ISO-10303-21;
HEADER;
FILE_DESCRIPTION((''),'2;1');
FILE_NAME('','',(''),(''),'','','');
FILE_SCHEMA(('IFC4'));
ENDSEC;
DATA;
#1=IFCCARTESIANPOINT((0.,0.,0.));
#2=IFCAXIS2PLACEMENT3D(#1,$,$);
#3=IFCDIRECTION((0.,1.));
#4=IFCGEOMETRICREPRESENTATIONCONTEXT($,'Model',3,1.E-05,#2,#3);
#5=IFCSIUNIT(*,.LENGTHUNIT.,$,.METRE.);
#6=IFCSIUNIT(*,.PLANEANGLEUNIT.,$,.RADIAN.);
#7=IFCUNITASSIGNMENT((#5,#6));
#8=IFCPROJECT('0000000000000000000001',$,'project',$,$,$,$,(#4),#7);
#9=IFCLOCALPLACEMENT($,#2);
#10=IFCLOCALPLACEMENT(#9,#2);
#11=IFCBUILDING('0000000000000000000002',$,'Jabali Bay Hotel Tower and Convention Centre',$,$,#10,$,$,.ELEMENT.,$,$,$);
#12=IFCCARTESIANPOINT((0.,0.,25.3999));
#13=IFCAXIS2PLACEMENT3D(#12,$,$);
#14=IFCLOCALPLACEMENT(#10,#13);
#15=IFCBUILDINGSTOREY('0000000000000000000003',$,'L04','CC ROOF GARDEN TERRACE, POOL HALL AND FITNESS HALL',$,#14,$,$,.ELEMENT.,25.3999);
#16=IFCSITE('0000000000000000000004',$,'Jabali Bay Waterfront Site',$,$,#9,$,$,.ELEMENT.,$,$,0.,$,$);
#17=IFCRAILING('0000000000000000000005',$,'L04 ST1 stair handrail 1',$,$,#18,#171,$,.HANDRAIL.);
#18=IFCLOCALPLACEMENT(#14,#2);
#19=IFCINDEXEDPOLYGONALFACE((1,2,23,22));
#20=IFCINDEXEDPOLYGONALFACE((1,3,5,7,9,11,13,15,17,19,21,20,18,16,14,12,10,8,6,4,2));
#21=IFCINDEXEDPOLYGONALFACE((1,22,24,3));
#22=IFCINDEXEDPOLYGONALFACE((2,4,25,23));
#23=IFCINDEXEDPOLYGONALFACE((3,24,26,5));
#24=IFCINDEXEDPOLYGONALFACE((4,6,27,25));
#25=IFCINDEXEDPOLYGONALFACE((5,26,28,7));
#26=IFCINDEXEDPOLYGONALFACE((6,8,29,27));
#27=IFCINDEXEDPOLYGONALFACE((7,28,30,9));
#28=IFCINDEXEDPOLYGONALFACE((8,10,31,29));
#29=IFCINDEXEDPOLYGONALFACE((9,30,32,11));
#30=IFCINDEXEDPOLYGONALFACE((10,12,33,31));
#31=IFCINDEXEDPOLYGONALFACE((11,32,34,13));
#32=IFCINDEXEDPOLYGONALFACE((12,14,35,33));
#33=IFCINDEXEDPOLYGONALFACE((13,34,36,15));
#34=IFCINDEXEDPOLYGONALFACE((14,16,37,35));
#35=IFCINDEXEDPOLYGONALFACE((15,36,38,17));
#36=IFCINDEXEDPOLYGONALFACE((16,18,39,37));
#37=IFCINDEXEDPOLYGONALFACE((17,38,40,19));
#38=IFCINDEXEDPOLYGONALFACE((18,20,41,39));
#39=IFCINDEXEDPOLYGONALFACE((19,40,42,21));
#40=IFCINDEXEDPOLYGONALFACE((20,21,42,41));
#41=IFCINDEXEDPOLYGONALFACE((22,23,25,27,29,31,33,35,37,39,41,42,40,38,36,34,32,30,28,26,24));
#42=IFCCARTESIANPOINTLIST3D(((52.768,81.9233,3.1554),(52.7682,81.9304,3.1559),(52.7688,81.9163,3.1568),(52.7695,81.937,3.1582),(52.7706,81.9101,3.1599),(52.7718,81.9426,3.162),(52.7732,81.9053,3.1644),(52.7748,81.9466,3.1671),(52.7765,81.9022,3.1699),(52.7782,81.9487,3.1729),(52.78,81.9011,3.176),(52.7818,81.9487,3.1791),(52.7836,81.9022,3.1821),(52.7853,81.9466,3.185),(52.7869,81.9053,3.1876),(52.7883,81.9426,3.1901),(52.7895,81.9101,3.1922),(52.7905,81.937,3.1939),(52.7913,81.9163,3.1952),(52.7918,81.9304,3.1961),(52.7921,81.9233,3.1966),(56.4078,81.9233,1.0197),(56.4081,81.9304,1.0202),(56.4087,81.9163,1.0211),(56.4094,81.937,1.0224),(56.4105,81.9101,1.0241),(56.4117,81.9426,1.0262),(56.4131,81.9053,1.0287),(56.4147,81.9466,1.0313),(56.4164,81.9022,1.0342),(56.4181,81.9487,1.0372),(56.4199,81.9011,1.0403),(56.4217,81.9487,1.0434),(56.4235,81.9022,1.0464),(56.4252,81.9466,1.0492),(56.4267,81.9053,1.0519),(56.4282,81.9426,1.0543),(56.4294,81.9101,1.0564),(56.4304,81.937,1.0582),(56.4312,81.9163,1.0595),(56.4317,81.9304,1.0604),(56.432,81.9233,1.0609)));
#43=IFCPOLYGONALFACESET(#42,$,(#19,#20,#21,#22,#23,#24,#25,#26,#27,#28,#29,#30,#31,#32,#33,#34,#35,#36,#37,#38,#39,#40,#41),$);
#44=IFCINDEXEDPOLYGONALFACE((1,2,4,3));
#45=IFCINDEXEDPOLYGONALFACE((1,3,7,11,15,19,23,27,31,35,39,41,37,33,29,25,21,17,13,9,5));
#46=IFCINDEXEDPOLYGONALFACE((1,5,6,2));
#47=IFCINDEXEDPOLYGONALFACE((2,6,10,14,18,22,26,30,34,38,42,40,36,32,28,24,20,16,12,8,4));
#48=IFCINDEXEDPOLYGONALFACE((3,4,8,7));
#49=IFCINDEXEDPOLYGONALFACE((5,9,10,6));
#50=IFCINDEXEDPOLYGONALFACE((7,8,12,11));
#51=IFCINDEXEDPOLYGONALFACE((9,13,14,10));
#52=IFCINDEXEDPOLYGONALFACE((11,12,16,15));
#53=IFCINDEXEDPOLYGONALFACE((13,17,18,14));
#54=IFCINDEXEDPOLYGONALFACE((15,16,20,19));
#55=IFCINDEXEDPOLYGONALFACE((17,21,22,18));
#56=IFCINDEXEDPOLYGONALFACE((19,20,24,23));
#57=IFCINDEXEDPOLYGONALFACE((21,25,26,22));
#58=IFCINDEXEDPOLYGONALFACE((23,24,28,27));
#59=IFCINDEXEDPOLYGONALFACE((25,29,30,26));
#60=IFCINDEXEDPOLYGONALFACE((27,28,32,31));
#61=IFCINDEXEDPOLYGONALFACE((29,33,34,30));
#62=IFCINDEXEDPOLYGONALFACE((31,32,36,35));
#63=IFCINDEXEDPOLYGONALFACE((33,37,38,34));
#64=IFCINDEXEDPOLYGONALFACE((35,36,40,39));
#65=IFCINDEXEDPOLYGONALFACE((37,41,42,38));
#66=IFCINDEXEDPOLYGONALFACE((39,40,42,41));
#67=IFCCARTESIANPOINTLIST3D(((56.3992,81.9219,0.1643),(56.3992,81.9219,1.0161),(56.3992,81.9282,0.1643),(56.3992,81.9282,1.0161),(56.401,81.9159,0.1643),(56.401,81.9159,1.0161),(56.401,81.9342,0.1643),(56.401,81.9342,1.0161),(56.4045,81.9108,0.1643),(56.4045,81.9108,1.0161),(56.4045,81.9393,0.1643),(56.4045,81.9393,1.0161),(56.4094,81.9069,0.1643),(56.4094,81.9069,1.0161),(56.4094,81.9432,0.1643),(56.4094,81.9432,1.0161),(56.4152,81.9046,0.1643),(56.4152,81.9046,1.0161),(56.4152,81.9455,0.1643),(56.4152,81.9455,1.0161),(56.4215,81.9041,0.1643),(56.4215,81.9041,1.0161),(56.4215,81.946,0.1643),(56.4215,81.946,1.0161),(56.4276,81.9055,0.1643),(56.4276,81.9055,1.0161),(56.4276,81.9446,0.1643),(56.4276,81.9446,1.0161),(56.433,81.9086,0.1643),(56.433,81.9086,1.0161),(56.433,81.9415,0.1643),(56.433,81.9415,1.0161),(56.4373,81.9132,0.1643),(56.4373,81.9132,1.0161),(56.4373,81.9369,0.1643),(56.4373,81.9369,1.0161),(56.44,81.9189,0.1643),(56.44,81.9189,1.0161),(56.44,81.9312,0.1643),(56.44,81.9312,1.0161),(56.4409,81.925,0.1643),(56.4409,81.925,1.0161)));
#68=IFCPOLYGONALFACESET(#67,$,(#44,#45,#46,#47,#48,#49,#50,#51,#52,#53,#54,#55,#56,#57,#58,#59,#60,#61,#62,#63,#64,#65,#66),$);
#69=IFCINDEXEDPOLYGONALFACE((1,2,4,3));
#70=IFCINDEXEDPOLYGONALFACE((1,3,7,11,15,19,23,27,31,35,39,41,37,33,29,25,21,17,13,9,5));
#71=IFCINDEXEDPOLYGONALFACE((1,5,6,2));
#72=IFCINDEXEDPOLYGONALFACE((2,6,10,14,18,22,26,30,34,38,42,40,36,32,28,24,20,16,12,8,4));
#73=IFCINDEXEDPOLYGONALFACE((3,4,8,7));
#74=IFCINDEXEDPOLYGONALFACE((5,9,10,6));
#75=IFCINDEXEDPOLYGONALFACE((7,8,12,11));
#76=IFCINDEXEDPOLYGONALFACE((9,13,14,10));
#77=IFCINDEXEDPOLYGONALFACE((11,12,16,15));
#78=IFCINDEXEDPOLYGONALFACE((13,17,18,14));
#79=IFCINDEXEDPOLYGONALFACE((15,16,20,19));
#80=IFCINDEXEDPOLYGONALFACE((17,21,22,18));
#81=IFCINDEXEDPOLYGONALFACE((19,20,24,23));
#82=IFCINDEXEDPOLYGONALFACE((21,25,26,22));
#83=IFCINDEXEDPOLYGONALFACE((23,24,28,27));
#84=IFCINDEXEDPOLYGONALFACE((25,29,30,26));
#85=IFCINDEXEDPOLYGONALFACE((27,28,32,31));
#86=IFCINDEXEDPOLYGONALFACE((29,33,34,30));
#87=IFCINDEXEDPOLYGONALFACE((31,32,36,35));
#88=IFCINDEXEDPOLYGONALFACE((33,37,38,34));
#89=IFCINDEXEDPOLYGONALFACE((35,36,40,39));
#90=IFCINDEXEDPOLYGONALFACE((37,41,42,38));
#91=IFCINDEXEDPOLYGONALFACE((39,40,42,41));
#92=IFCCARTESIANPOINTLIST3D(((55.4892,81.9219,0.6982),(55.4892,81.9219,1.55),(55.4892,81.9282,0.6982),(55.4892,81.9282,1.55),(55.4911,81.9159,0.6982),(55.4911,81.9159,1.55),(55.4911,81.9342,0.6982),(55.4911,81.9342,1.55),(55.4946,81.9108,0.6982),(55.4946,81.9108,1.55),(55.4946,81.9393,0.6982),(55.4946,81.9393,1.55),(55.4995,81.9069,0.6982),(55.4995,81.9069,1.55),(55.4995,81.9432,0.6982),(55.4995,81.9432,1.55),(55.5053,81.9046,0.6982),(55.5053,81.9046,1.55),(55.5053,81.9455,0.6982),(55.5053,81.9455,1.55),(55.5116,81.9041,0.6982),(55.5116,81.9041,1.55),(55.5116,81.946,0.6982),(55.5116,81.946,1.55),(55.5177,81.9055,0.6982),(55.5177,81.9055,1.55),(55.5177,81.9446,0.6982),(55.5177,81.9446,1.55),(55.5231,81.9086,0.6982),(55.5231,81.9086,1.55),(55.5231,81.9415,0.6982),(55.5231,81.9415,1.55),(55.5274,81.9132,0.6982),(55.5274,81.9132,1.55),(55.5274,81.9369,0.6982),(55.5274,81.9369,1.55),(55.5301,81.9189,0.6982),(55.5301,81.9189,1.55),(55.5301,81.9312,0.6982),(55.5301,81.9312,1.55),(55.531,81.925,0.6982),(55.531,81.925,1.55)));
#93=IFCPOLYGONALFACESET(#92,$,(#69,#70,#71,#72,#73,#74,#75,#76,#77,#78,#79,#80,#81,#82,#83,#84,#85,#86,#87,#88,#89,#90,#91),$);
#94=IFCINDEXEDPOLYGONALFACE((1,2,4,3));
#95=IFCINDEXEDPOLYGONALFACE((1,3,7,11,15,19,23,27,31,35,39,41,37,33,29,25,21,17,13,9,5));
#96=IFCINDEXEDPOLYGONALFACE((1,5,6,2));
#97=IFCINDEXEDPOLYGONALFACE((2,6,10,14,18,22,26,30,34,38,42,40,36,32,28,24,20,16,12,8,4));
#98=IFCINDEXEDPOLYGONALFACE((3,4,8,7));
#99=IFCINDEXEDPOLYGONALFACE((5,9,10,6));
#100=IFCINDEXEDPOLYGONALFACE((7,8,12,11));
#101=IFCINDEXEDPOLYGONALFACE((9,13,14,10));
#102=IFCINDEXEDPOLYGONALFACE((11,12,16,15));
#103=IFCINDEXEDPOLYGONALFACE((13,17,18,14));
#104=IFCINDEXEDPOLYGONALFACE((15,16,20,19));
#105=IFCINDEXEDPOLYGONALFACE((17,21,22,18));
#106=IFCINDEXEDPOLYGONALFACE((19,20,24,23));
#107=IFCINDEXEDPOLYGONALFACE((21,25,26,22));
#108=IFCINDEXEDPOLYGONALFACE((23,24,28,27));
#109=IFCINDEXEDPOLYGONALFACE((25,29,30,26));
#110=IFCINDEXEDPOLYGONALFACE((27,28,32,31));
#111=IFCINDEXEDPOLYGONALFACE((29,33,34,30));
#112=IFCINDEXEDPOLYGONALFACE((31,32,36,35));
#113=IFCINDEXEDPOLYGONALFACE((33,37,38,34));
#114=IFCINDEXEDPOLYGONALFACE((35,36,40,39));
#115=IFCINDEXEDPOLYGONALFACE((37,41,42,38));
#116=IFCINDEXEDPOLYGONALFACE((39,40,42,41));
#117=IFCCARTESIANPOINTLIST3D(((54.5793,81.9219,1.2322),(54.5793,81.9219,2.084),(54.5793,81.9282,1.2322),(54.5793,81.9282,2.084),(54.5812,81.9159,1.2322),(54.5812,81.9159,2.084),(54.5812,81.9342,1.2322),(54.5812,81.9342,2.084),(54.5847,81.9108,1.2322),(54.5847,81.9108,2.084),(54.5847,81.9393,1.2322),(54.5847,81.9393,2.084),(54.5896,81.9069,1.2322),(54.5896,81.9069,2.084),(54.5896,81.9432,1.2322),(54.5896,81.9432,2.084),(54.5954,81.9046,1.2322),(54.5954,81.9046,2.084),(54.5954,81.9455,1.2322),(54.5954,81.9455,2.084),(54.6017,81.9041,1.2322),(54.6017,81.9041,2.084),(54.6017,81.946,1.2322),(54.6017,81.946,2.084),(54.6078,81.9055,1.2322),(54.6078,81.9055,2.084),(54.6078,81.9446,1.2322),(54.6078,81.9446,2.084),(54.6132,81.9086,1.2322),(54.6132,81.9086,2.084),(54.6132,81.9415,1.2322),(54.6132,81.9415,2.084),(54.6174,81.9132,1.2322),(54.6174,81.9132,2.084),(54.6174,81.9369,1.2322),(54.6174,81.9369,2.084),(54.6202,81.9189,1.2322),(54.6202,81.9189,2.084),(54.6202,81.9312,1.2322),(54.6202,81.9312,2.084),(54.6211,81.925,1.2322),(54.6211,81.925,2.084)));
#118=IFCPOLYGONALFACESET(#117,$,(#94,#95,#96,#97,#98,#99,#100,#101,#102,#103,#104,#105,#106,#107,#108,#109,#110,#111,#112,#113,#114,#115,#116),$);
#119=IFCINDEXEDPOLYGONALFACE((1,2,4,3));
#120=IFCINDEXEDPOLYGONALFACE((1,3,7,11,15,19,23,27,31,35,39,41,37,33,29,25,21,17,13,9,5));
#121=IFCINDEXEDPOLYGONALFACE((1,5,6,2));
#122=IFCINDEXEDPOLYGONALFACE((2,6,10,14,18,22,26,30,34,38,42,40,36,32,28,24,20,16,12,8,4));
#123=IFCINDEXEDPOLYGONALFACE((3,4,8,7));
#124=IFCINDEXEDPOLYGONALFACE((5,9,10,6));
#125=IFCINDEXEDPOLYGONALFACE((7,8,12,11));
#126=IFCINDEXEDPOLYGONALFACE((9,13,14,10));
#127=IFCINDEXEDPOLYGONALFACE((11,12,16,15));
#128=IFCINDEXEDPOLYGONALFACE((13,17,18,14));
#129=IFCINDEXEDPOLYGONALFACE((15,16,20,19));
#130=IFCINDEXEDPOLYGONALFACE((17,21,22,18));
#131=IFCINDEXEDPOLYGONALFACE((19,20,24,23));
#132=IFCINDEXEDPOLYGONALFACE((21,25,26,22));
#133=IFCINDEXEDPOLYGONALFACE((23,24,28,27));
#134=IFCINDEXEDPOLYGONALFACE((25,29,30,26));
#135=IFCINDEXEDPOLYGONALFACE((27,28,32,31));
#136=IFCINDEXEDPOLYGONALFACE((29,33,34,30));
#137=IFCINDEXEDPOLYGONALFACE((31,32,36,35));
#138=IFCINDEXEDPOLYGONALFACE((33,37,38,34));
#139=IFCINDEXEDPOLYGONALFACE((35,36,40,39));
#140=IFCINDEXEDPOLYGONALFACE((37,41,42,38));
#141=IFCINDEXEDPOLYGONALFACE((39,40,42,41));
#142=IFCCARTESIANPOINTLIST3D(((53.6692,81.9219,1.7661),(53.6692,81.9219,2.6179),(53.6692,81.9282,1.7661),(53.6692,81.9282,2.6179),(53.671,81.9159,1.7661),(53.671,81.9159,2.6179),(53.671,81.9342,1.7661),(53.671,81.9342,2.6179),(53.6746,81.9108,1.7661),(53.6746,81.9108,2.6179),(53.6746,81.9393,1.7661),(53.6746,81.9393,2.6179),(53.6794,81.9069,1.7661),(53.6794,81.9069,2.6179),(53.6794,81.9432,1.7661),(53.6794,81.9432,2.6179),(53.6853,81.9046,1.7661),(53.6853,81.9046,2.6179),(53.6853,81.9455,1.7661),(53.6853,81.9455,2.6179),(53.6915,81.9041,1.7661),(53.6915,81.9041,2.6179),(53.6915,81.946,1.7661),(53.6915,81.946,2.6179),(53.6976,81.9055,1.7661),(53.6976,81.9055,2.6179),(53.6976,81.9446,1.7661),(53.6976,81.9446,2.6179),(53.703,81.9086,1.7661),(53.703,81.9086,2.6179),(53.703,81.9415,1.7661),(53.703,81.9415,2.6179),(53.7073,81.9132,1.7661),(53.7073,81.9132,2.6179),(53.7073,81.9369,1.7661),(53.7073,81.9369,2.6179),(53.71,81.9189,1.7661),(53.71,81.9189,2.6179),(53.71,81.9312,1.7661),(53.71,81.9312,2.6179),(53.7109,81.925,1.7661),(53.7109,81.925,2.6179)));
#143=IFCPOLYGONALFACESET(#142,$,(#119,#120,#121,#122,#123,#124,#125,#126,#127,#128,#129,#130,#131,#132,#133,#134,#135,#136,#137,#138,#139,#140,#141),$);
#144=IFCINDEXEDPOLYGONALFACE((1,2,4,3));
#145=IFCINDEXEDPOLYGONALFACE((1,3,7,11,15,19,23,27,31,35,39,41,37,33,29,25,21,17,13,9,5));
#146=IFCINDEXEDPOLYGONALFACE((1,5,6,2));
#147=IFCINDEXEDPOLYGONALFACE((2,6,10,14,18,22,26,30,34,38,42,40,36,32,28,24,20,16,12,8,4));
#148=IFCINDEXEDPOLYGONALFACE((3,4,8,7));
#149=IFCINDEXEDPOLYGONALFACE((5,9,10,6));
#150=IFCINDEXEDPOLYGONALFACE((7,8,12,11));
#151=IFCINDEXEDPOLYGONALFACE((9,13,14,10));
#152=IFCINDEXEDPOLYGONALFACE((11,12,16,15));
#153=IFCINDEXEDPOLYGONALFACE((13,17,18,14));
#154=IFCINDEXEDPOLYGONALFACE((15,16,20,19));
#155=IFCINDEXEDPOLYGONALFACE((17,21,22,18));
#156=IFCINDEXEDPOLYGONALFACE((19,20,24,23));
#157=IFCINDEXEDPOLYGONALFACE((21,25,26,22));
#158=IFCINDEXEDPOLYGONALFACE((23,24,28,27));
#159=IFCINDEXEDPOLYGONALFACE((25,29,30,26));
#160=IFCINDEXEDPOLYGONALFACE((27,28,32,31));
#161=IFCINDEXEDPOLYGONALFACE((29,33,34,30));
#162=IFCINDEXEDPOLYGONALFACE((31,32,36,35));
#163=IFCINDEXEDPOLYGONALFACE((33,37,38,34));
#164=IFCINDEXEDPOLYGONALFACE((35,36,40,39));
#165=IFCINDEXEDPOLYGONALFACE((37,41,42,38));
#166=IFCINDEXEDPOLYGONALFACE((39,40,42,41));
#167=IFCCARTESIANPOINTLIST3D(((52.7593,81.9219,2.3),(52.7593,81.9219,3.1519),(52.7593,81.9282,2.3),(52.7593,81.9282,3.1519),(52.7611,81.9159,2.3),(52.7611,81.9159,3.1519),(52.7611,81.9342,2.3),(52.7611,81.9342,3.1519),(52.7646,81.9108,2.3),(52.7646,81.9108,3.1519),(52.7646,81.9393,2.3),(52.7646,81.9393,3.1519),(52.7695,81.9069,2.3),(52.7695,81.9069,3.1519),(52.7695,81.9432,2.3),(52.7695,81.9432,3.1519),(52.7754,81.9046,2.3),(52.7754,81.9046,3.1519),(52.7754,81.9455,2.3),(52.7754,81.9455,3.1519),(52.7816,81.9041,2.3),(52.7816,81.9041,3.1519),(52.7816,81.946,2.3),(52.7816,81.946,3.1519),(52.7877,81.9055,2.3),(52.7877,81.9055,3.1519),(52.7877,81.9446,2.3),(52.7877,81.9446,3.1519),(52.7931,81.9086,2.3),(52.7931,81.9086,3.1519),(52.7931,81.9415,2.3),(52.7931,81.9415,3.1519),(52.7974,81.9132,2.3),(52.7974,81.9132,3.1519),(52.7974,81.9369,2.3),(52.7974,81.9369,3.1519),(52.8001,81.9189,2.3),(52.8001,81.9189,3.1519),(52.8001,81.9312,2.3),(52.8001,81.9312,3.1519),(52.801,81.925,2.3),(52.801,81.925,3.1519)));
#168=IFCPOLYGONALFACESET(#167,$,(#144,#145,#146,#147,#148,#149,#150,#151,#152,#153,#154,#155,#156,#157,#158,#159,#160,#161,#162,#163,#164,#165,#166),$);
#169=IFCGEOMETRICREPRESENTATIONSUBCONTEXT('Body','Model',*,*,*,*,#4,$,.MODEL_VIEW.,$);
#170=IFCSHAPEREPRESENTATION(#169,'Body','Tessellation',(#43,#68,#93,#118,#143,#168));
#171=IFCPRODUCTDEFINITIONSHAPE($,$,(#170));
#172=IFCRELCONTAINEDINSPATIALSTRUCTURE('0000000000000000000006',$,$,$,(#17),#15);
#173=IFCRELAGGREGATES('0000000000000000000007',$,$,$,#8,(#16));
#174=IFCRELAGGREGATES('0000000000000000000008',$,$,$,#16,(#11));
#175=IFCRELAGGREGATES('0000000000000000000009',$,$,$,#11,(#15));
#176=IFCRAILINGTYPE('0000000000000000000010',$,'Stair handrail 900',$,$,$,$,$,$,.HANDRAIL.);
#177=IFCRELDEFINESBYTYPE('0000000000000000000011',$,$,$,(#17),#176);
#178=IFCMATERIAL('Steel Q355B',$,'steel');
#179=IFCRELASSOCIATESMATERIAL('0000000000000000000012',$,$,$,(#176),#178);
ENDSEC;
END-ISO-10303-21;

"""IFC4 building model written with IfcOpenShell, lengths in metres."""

from ifc_helpers import new_model, si_unit, direction, frame, origin, origin_2d, place, context, subcontext, project, spatial, circle, extrude, material, type_object, element, save


model = new_model("IFC4")

# Units and contexts
model_context = context("Model", 3, precision=1e-05, world=origin(), true_north=direction((0.0, 1.0)))
body_context = subcontext(model_context, "Body", "Model", "MODEL_VIEW")
ifc_project = project(units=[si_unit("LENGTHUNIT", "METRE"), si_unit("PLANEANGLEUNIT", "RADIAN")], contexts=[model_context])

# Site, building, storey
site_placement = place(None, origin())
site = spatial("IfcSite", under=ifc_project, at=site_placement, Name="Jabali Bay Waterfront Site", CompositionType="ELEMENT", RefElevation=0.0)
building_placement = place(site_placement, origin())
building = spatial("IfcBuilding", under=site, at=building_placement, Name="Jabali Bay Hotel Tower and Convention Centre", CompositionType="ELEMENT")
storey_placement = place(building_placement, frame((0.0, 0.0, 25.3999)))
storey = spatial("IfcBuildingStorey", under=building, at=storey_placement, Name="L04", Description="CC ROOF GARDEN TERRACE, POOL HALL AND FITNESS HALL", CompositionType="ELEMENT", Elevation=25.3999)

# Railing
ifc_material_1 = material(Name="Steel Q355B", Category="steel")
railing_type_1 = type_object("IfcRailingType", Name="Stair handrail 900", PredefinedType="HANDRAIL", material=ifc_material_1)
railing_1_placement = place(storey_placement, frame((56.4199, 81.925, 0.1643)))
element("IfcRailing", 1, at=railing_1_placement, inside=storey, type_object=railing_type_1, Name="L04 ST1 stair handrail 1", PredefinedType="HANDRAIL", context=body_context, shape_type="SweptSolid", body=[
    extrude(circle(Radius=0.0239, at=origin_2d()), frame((0.0, 0.0, 0.876), z_axis=(-0.86249, 0.0, 0.506074), x_axis=(0.0, -1.0, 0.0)), (0.0, 0.0, 1.0), 4.2202),
    extrude(circle(Radius=0.021, at=origin_2d()), origin(), (0.0, 0.0, 1.0), 0.8518),
    extrude(circle(Radius=0.021, at=origin_2d()), frame((-0.9099, 0.0, 0.5339)), (0.0, 0.0, 1.0), 0.8518),
    extrude(circle(Radius=0.021, at=origin_2d()), frame((-1.8198, 0.0, 1.0679)), (0.0, 0.0, 1.0), 0.8518),
    extrude(circle(Radius=0.021, at=origin_2d()), frame((-2.73, 0.0, 1.6018)), (0.0, 0.0, 1.0), 0.8518),
    extrude(circle(Radius=0.021, at=origin_2d()), frame((-3.6399, 0.0, 2.1357)), (0.0, 0.0, 1.0), 0.8518),
])

save(model, "model.ifc")
